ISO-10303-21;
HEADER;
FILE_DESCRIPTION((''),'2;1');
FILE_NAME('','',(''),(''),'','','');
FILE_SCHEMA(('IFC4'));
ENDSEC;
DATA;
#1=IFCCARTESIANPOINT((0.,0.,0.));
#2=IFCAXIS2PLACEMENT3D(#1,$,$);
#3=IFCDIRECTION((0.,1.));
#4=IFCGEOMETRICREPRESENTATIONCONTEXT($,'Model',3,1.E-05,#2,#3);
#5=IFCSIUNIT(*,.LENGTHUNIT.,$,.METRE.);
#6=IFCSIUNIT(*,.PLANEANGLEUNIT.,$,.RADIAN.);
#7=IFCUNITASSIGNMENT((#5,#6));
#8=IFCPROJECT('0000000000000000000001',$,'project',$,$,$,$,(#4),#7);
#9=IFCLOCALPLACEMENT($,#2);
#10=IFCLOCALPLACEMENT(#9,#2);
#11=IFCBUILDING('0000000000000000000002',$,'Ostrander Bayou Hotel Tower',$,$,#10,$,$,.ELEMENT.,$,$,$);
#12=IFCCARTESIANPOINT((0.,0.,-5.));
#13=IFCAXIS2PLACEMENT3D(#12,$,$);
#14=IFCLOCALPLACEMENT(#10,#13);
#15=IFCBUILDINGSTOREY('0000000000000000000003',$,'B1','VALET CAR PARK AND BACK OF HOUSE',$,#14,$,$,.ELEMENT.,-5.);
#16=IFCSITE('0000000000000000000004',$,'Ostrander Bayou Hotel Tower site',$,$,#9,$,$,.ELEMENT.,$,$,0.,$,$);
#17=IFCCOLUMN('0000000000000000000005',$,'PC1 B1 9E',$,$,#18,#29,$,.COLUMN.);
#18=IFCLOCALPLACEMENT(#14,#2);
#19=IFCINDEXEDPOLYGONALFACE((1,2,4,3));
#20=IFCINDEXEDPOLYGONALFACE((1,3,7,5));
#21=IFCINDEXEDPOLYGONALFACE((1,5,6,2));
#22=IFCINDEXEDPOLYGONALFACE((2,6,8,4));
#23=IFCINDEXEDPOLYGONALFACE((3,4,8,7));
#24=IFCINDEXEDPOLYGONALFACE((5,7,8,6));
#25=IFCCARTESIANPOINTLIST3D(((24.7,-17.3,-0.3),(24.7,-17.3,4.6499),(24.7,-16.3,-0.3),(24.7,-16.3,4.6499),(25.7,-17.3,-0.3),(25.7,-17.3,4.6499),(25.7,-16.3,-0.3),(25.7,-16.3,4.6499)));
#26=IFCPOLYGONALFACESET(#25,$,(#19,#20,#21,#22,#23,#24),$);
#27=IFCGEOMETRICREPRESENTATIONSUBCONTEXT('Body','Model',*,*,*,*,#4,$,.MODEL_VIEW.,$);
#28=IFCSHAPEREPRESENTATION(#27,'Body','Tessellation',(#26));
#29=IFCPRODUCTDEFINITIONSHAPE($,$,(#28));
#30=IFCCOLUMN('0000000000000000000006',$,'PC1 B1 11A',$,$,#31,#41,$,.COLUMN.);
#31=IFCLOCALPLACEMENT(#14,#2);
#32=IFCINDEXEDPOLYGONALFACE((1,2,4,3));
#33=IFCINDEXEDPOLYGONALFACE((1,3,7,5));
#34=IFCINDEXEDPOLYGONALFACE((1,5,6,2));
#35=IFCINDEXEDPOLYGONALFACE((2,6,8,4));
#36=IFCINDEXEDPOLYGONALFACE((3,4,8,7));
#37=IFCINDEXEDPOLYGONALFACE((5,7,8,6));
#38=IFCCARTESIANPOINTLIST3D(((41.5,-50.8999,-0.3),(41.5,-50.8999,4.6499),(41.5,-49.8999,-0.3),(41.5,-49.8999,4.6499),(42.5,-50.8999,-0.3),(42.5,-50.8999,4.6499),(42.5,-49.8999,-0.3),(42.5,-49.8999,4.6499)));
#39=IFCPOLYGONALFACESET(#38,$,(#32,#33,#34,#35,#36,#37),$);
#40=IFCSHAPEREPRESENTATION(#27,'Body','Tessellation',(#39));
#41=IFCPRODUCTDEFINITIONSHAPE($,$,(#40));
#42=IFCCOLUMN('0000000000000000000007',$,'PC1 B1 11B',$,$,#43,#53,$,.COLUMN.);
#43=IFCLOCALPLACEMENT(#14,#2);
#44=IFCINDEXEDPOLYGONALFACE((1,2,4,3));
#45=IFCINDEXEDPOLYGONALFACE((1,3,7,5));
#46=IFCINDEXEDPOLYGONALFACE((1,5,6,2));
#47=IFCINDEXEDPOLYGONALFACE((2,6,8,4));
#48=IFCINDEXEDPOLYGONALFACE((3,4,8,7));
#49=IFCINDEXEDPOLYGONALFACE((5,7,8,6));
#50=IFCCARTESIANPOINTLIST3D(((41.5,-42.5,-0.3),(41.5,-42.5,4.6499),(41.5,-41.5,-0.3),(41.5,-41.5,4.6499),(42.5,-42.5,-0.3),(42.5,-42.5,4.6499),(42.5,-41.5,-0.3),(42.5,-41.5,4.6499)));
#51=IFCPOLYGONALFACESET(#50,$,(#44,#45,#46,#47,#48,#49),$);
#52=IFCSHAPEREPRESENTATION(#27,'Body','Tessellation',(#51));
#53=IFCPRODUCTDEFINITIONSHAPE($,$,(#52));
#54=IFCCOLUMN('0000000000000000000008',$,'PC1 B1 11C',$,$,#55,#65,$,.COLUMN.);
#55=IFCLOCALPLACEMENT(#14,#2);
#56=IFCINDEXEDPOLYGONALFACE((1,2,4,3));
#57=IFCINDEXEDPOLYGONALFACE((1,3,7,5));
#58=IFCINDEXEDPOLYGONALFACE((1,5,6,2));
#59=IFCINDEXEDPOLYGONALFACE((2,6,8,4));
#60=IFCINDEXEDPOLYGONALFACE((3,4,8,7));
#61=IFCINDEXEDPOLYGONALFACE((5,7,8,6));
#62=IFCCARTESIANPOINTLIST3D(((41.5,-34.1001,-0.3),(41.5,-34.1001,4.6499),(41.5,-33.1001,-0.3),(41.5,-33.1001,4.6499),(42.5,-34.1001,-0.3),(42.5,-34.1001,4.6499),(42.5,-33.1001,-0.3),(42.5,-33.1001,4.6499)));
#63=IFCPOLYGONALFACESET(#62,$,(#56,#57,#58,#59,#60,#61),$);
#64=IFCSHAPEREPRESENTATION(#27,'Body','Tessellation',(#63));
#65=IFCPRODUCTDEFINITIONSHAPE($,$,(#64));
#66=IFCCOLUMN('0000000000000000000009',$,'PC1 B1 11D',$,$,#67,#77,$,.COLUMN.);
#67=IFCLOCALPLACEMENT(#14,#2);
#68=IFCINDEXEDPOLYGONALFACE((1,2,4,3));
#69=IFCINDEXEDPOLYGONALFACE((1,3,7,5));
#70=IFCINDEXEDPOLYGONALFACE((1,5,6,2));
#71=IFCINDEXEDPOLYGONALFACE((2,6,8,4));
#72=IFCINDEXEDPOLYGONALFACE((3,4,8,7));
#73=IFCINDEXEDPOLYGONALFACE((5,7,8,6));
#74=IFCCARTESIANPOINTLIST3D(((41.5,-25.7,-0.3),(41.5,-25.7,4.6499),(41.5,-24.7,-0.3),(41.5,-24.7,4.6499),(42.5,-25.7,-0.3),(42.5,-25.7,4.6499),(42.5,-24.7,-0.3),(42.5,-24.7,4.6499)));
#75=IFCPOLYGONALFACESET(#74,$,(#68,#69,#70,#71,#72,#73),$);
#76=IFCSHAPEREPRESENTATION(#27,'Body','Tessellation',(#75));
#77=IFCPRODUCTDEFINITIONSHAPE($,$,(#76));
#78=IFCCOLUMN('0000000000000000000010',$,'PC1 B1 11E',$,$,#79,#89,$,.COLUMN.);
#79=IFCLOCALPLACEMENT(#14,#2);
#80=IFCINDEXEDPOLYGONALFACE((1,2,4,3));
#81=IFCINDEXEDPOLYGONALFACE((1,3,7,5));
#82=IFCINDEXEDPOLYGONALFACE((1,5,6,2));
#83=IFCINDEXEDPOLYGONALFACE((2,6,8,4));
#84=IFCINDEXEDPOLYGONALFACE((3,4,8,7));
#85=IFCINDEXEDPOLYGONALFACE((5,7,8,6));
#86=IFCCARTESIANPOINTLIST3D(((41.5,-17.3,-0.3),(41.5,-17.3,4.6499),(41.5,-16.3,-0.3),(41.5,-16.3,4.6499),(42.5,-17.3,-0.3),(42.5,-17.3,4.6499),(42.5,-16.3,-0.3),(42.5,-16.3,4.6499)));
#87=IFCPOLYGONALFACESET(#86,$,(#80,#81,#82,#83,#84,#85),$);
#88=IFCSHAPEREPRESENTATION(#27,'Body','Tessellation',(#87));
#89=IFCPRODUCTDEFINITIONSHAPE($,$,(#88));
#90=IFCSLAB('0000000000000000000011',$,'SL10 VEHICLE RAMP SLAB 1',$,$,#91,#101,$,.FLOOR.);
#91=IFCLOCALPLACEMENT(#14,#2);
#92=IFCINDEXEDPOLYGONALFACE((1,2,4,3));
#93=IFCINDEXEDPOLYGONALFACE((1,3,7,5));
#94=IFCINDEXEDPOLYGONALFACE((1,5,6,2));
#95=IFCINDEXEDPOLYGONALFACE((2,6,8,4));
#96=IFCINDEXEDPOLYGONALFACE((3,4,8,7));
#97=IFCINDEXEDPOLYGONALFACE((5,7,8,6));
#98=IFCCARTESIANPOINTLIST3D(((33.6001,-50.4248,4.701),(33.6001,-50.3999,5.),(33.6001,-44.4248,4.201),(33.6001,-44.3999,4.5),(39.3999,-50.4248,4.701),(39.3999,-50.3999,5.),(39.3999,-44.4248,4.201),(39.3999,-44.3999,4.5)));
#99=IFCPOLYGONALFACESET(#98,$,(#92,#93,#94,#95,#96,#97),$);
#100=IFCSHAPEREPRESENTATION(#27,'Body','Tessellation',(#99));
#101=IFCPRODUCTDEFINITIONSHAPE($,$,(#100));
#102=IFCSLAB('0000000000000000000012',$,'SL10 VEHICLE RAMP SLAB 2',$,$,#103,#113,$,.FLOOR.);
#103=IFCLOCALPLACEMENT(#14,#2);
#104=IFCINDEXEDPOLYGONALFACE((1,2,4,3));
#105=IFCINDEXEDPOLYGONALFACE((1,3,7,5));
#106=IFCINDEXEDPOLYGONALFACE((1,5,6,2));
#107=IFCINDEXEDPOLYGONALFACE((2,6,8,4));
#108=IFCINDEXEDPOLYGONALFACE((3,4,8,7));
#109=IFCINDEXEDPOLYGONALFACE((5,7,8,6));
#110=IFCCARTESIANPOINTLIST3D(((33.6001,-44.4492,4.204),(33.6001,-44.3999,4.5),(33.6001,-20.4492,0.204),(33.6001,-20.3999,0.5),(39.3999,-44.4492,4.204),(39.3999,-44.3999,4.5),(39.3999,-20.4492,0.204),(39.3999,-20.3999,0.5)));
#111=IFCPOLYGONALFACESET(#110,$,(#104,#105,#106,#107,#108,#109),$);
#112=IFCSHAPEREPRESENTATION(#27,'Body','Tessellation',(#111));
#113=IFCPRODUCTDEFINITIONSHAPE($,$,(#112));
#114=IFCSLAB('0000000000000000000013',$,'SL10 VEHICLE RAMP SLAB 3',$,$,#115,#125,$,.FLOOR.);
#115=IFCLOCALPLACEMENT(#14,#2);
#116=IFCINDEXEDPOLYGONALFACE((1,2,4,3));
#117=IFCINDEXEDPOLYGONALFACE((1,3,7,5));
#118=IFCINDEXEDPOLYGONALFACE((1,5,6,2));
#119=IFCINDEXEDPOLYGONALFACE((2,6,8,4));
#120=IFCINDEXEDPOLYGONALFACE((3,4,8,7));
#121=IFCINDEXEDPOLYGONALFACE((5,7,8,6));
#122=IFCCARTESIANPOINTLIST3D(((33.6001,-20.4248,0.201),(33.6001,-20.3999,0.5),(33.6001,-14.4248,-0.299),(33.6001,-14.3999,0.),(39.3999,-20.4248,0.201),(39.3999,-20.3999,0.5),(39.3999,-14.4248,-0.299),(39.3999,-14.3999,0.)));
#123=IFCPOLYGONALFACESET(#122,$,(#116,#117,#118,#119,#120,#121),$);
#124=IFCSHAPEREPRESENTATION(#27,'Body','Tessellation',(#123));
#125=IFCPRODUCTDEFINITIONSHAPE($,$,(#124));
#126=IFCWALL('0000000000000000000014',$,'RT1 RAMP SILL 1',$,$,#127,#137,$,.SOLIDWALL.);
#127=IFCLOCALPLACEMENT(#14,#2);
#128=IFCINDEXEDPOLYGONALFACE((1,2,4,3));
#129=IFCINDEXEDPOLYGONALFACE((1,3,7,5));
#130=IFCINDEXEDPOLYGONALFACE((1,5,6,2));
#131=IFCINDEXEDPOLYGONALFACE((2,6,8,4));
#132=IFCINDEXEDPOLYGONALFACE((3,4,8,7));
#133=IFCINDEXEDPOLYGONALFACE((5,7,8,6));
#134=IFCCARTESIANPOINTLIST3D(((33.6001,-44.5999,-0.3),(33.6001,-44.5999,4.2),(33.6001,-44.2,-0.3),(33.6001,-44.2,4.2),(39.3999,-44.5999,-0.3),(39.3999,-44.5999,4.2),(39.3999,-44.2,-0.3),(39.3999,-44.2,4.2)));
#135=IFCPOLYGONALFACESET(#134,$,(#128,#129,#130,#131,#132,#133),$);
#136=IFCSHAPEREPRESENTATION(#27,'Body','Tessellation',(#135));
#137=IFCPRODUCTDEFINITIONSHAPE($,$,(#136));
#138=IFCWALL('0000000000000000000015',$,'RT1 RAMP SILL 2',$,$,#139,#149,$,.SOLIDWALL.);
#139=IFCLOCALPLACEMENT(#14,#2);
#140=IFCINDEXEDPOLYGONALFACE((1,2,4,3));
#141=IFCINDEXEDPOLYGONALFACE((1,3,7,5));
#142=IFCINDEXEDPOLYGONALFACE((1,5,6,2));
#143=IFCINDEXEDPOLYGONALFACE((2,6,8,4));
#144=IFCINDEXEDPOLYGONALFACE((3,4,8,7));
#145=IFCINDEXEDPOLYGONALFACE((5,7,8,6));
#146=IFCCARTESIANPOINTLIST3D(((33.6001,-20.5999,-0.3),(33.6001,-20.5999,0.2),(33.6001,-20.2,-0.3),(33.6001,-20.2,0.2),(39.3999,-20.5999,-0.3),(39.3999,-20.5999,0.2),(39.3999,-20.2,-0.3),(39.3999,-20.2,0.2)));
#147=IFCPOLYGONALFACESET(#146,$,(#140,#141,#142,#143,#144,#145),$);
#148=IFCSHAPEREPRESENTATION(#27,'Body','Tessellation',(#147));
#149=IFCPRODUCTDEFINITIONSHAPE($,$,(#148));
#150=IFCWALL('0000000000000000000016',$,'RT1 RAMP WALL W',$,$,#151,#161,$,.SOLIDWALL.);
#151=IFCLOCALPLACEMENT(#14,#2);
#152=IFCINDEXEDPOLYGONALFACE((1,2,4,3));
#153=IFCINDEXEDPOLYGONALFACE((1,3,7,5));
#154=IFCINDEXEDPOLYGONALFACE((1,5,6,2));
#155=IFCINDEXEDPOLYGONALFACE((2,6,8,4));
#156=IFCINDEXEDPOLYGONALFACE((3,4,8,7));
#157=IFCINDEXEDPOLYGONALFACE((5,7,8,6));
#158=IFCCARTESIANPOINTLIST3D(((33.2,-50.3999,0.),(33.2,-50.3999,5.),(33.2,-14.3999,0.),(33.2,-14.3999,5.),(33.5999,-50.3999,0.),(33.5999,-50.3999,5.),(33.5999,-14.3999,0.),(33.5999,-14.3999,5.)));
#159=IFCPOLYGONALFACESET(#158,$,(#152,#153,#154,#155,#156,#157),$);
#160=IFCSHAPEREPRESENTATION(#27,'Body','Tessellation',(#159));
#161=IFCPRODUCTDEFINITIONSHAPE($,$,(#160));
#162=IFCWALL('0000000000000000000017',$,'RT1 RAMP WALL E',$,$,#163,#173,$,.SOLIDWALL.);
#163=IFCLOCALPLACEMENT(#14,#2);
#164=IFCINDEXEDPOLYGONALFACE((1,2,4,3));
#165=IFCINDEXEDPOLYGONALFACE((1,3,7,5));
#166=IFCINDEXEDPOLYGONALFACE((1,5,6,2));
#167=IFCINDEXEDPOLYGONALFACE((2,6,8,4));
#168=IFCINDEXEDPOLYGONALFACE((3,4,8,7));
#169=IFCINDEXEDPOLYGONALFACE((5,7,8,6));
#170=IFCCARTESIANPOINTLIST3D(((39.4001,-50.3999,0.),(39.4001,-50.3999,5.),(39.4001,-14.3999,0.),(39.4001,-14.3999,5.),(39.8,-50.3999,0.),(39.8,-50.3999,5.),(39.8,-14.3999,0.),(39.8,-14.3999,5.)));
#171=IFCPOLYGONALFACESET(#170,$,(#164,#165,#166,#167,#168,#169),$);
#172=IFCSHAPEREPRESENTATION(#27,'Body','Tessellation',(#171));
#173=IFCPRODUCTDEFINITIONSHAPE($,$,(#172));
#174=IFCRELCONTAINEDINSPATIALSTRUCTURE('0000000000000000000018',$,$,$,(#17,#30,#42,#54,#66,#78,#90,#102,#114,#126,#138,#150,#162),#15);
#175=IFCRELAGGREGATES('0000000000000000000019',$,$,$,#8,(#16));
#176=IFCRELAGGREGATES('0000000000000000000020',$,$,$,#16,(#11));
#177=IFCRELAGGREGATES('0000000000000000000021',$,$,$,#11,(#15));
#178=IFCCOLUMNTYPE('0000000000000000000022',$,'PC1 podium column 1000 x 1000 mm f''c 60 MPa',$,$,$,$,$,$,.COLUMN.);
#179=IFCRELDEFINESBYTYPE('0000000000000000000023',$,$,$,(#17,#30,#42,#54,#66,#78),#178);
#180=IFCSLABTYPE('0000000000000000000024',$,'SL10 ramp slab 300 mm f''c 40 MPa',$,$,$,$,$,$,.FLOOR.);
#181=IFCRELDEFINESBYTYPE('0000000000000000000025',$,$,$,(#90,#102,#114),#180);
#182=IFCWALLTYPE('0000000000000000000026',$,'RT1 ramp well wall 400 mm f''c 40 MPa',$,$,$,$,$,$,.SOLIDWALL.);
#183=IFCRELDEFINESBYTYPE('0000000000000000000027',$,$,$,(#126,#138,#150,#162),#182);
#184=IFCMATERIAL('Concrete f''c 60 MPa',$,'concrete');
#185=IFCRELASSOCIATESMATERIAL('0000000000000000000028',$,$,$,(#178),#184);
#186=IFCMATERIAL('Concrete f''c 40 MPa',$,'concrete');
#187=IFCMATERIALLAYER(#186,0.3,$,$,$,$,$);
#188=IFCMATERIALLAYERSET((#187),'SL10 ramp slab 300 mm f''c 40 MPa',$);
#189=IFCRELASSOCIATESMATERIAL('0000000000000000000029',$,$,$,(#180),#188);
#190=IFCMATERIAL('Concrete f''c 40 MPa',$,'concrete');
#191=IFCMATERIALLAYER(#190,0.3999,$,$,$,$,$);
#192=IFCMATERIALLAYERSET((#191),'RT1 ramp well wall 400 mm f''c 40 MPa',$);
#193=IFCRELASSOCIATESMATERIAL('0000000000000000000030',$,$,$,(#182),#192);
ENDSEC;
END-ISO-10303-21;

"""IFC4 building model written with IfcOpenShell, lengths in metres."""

from ifc_helpers import new_model, si_unit, direction, frame, frame_2d, origin, origin_2d, place, context, subcontext, project, spatial, polyline, rectangle, outline, extrude, material, layer, layer_set, material_profile, profile_set, type_object, element, save


model = new_model("IFC4")

# Units and contexts
model_context = context("Model", 3, precision=1e-05, world=origin(), true_north=direction((0.0, 1.0)))
body_context = subcontext(model_context, "Body", "Model", "MODEL_VIEW")
ifc_project = project(units=[si_unit("LENGTHUNIT", "METRE"), si_unit("PLANEANGLEUNIT", "RADIAN")], contexts=[model_context])

# Site, building, storey
site_placement = place(None, origin())
site = spatial("IfcSite", under=ifc_project, at=site_placement, Name="Ostrander Bayou Hotel Tower site", CompositionType="ELEMENT", RefElevation=0.0)
building_placement = place(site_placement, origin())
building = spatial("IfcBuilding", under=site, at=building_placement, Name="Ostrander Bayou Hotel Tower", CompositionType="ELEMENT")
storey_placement = place(building_placement, frame((0.0, 0.0, -5.0)))
storey = spatial("IfcBuildingStorey", under=building, at=storey_placement, Name="B1", Description="VALET CAR PARK AND BACK OF HOUSE", CompositionType="ELEMENT", Elevation=-5.0)

# Columns
ifc_material_1 = material(Name="Concrete f'c 60 MPa", Category="concrete")
ifc_material_profile_1 = material_profile(ifc_material_1, rectangle(XDim=1.0, YDim=1.0, at=origin_2d()))
ifc_profile_set_1 = profile_set([ifc_material_profile_1], Name="Concrete f'c 60 MPa")
column_type = type_object("IfcColumnType", Name="PC1 podium column 1000 x 1000 mm f'c 60 MPa", PredefinedType="COLUMN", material=ifc_profile_set_1)
for number, where, z_axis, x_axis, name in (
    (1, (25.2, -16.8, -0.3), (0.0, 0.0, 1.0), (1.0, 0.0, 0.0), "PC1 B1 9E"),
    (2, (42.0, -50.3999, -0.3), (0.0, 0.0, 1.0), (1.0, 0.0, 0.0), "PC1 B1 11A"),
    (3, (42.0, -42.0, -0.3), (0.0, 0.0, 1.0), (1.0, 0.0, 0.0), "PC1 B1 11B"),
    (4, (42.0, -33.6001, -0.3), (0.0, 0.0, 1.0), (1.0, 0.0, 0.0), "PC1 B1 11C"),
    (5, (42.0, -25.2, -0.3), (0.0, 0.0, 1.0), (1.0, 0.0, 0.0), "PC1 B1 11D"),
    (6, (42.0, -16.8, -0.3), (0.0, 0.0, 1.0), (1.0, 0.0, 0.0), "PC1 B1 11E"),
):
    element("IfcColumn", number, at=place(storey_placement, frame(where, z_axis=z_axis, x_axis=x_axis)), inside=storey, type_object=column_type, Name=name, PredefinedType="COLUMN", context=body_context, shape_type="SweptSolid", body=[
        extrude(rectangle(XDim=1.0, YDim=1.0, at=origin_2d()), origin(), (0.0, 0.0, 1.0), 4.95),
    ])

# Slabs
ifc_material_2 = material(Name="Concrete f'c 40 MPa", Category="concrete")
ifc_layer_1 = layer(ifc_material_2, 0.3)
ifc_layer_set_1 = layer_set([ifc_layer_1], Name="SL10 ramp slab 300 mm f'c 40 MPa")
slab_type = type_object("IfcSlabType", Name="SL10 ramp slab 300 mm f'c 40 MPa", PredefinedType="FLOOR", material=ifc_layer_set_1)
slab_1_placement = place(storey_placement, frame((33.6001, -50.3999, 5.0), z_axis=(0.0, 0.083045, 0.996546), x_axis=(1.0, 0.0, 0.0)))
element("IfcSlab", 7, at=slab_1_placement, inside=storey, type_object=slab_type, Name="SL10 VEHICLE RAMP SLAB 1", PredefinedType="FLOOR", context=body_context, shape_type="SweptSolid", body=[
    extrude(outline(polyline([(0.0, 0.0), (5.7998, 0.0), (5.7998, 6.0208), (0.0, 6.0208), (0.0, 0.0)])), origin(), (0.0, 0.0, -1.0), 0.3),
])
slab_2_placement = place(storey_placement, frame((33.6001, -44.3999, 4.5), z_axis=(0.0, 0.164399, 0.986394), x_axis=(1.0, 0.0, 0.0)))
element("IfcSlab", 8, at=slab_2_placement, inside=storey, type_object=slab_type, Name="SL10 VEHICLE RAMP SLAB 2", PredefinedType="FLOOR", context=body_context, shape_type="SweptSolid", body=[
    extrude(outline(polyline([(0.0, 0.0), (5.7998, 0.0), (5.7998, 24.3311), (0.0, 24.3311), (0.0, 0.0)])), origin(), (0.0, 0.0, -1.0), 0.3),
])
slab_3_placement = place(storey_placement, frame((33.6001, -20.3999, 0.5), z_axis=(0.0, 0.083045, 0.996546), x_axis=(1.0, 0.0, 0.0)))
element("IfcSlab", 9, at=slab_3_placement, inside=storey, type_object=slab_type, Name="SL10 VEHICLE RAMP SLAB 3", PredefinedType="FLOOR", context=body_context, shape_type="SweptSolid", body=[
    extrude(outline(polyline([(0.0, 0.0), (5.7998, 0.0), (5.7998, 6.0208), (0.0, 6.0208), (0.0, 0.0)])), origin(), (0.0, 0.0, -1.0), 0.3),
])

# Walls
ifc_material_3 = material(Name="Concrete f'c 40 MPa", Category="concrete")
ifc_layer_2 = layer(ifc_material_3, 0.3999)
ifc_layer_set_2 = layer_set([ifc_layer_2], Name="RT1 ramp well wall 400 mm f'c 40 MPa")
wall_type = type_object("IfcWallType", Name="RT1 ramp well wall 400 mm f'c 40 MPa", PredefinedType="SOLIDWALL", material=ifc_layer_set_2)
wall_1_placement = place(storey_placement, frame((33.6001, -44.3999, -0.3), z_axis=(0.0, 0.0, 1.0), x_axis=(1.0, 0.0, 0.0)))
element("IfcWall", 10, at=wall_1_placement, inside=storey, type_object=wall_type, Name="RT1 RAMP SILL 1", PredefinedType="SOLIDWALL", context=body_context, shape_type="SweptSolid", body=[
    extrude(rectangle(XDim=5.7998, YDim=0.3999, at=frame_2d((2.8999, 0.0))), origin(), (0.0, 0.0, 1.0), 4.5),
])
wall_2_placement = place(storey_placement, frame((33.6001, -20.3999, -0.3), z_axis=(0.0, 0.0, 1.0), x_axis=(1.0, 0.0, 0.0)))
element("IfcWall", 11, at=wall_2_placement, inside=storey, type_object=wall_type, Name="RT1 RAMP SILL 2", PredefinedType="SOLIDWALL", context=body_context, shape_type="SweptSolid", body=[
    extrude(rectangle(XDim=5.7998, YDim=0.3999, at=frame_2d((2.8999, 0.0))), origin(), (0.0, 0.0, 1.0), 0.5),
])
for number, where, z_axis, x_axis, name in (
    (12, (33.3999, -50.3999, 0.0), (0.0, 0.0, 1.0), (0.0, 1.0, 0.0), "RT1 RAMP WALL W"),
    (13, (39.6001, -50.3999, 0.0), (0.0, 0.0, 1.0), (0.0, 1.0, 0.0), "RT1 RAMP WALL E"),
):
    element("IfcWall", number, at=place(storey_placement, frame(where, z_axis=z_axis, x_axis=x_axis)), inside=storey, type_object=wall_type, Name=name, PredefinedType="SOLIDWALL", context=body_context, shape_type="SweptSolid", body=[
        extrude(rectangle(XDim=36.0, YDim=0.3999, at=frame_2d((18.0, 0.0))), origin(), (0.0, 0.0, 1.0), 5.0),
    ])

save(model, "model.ifc")
